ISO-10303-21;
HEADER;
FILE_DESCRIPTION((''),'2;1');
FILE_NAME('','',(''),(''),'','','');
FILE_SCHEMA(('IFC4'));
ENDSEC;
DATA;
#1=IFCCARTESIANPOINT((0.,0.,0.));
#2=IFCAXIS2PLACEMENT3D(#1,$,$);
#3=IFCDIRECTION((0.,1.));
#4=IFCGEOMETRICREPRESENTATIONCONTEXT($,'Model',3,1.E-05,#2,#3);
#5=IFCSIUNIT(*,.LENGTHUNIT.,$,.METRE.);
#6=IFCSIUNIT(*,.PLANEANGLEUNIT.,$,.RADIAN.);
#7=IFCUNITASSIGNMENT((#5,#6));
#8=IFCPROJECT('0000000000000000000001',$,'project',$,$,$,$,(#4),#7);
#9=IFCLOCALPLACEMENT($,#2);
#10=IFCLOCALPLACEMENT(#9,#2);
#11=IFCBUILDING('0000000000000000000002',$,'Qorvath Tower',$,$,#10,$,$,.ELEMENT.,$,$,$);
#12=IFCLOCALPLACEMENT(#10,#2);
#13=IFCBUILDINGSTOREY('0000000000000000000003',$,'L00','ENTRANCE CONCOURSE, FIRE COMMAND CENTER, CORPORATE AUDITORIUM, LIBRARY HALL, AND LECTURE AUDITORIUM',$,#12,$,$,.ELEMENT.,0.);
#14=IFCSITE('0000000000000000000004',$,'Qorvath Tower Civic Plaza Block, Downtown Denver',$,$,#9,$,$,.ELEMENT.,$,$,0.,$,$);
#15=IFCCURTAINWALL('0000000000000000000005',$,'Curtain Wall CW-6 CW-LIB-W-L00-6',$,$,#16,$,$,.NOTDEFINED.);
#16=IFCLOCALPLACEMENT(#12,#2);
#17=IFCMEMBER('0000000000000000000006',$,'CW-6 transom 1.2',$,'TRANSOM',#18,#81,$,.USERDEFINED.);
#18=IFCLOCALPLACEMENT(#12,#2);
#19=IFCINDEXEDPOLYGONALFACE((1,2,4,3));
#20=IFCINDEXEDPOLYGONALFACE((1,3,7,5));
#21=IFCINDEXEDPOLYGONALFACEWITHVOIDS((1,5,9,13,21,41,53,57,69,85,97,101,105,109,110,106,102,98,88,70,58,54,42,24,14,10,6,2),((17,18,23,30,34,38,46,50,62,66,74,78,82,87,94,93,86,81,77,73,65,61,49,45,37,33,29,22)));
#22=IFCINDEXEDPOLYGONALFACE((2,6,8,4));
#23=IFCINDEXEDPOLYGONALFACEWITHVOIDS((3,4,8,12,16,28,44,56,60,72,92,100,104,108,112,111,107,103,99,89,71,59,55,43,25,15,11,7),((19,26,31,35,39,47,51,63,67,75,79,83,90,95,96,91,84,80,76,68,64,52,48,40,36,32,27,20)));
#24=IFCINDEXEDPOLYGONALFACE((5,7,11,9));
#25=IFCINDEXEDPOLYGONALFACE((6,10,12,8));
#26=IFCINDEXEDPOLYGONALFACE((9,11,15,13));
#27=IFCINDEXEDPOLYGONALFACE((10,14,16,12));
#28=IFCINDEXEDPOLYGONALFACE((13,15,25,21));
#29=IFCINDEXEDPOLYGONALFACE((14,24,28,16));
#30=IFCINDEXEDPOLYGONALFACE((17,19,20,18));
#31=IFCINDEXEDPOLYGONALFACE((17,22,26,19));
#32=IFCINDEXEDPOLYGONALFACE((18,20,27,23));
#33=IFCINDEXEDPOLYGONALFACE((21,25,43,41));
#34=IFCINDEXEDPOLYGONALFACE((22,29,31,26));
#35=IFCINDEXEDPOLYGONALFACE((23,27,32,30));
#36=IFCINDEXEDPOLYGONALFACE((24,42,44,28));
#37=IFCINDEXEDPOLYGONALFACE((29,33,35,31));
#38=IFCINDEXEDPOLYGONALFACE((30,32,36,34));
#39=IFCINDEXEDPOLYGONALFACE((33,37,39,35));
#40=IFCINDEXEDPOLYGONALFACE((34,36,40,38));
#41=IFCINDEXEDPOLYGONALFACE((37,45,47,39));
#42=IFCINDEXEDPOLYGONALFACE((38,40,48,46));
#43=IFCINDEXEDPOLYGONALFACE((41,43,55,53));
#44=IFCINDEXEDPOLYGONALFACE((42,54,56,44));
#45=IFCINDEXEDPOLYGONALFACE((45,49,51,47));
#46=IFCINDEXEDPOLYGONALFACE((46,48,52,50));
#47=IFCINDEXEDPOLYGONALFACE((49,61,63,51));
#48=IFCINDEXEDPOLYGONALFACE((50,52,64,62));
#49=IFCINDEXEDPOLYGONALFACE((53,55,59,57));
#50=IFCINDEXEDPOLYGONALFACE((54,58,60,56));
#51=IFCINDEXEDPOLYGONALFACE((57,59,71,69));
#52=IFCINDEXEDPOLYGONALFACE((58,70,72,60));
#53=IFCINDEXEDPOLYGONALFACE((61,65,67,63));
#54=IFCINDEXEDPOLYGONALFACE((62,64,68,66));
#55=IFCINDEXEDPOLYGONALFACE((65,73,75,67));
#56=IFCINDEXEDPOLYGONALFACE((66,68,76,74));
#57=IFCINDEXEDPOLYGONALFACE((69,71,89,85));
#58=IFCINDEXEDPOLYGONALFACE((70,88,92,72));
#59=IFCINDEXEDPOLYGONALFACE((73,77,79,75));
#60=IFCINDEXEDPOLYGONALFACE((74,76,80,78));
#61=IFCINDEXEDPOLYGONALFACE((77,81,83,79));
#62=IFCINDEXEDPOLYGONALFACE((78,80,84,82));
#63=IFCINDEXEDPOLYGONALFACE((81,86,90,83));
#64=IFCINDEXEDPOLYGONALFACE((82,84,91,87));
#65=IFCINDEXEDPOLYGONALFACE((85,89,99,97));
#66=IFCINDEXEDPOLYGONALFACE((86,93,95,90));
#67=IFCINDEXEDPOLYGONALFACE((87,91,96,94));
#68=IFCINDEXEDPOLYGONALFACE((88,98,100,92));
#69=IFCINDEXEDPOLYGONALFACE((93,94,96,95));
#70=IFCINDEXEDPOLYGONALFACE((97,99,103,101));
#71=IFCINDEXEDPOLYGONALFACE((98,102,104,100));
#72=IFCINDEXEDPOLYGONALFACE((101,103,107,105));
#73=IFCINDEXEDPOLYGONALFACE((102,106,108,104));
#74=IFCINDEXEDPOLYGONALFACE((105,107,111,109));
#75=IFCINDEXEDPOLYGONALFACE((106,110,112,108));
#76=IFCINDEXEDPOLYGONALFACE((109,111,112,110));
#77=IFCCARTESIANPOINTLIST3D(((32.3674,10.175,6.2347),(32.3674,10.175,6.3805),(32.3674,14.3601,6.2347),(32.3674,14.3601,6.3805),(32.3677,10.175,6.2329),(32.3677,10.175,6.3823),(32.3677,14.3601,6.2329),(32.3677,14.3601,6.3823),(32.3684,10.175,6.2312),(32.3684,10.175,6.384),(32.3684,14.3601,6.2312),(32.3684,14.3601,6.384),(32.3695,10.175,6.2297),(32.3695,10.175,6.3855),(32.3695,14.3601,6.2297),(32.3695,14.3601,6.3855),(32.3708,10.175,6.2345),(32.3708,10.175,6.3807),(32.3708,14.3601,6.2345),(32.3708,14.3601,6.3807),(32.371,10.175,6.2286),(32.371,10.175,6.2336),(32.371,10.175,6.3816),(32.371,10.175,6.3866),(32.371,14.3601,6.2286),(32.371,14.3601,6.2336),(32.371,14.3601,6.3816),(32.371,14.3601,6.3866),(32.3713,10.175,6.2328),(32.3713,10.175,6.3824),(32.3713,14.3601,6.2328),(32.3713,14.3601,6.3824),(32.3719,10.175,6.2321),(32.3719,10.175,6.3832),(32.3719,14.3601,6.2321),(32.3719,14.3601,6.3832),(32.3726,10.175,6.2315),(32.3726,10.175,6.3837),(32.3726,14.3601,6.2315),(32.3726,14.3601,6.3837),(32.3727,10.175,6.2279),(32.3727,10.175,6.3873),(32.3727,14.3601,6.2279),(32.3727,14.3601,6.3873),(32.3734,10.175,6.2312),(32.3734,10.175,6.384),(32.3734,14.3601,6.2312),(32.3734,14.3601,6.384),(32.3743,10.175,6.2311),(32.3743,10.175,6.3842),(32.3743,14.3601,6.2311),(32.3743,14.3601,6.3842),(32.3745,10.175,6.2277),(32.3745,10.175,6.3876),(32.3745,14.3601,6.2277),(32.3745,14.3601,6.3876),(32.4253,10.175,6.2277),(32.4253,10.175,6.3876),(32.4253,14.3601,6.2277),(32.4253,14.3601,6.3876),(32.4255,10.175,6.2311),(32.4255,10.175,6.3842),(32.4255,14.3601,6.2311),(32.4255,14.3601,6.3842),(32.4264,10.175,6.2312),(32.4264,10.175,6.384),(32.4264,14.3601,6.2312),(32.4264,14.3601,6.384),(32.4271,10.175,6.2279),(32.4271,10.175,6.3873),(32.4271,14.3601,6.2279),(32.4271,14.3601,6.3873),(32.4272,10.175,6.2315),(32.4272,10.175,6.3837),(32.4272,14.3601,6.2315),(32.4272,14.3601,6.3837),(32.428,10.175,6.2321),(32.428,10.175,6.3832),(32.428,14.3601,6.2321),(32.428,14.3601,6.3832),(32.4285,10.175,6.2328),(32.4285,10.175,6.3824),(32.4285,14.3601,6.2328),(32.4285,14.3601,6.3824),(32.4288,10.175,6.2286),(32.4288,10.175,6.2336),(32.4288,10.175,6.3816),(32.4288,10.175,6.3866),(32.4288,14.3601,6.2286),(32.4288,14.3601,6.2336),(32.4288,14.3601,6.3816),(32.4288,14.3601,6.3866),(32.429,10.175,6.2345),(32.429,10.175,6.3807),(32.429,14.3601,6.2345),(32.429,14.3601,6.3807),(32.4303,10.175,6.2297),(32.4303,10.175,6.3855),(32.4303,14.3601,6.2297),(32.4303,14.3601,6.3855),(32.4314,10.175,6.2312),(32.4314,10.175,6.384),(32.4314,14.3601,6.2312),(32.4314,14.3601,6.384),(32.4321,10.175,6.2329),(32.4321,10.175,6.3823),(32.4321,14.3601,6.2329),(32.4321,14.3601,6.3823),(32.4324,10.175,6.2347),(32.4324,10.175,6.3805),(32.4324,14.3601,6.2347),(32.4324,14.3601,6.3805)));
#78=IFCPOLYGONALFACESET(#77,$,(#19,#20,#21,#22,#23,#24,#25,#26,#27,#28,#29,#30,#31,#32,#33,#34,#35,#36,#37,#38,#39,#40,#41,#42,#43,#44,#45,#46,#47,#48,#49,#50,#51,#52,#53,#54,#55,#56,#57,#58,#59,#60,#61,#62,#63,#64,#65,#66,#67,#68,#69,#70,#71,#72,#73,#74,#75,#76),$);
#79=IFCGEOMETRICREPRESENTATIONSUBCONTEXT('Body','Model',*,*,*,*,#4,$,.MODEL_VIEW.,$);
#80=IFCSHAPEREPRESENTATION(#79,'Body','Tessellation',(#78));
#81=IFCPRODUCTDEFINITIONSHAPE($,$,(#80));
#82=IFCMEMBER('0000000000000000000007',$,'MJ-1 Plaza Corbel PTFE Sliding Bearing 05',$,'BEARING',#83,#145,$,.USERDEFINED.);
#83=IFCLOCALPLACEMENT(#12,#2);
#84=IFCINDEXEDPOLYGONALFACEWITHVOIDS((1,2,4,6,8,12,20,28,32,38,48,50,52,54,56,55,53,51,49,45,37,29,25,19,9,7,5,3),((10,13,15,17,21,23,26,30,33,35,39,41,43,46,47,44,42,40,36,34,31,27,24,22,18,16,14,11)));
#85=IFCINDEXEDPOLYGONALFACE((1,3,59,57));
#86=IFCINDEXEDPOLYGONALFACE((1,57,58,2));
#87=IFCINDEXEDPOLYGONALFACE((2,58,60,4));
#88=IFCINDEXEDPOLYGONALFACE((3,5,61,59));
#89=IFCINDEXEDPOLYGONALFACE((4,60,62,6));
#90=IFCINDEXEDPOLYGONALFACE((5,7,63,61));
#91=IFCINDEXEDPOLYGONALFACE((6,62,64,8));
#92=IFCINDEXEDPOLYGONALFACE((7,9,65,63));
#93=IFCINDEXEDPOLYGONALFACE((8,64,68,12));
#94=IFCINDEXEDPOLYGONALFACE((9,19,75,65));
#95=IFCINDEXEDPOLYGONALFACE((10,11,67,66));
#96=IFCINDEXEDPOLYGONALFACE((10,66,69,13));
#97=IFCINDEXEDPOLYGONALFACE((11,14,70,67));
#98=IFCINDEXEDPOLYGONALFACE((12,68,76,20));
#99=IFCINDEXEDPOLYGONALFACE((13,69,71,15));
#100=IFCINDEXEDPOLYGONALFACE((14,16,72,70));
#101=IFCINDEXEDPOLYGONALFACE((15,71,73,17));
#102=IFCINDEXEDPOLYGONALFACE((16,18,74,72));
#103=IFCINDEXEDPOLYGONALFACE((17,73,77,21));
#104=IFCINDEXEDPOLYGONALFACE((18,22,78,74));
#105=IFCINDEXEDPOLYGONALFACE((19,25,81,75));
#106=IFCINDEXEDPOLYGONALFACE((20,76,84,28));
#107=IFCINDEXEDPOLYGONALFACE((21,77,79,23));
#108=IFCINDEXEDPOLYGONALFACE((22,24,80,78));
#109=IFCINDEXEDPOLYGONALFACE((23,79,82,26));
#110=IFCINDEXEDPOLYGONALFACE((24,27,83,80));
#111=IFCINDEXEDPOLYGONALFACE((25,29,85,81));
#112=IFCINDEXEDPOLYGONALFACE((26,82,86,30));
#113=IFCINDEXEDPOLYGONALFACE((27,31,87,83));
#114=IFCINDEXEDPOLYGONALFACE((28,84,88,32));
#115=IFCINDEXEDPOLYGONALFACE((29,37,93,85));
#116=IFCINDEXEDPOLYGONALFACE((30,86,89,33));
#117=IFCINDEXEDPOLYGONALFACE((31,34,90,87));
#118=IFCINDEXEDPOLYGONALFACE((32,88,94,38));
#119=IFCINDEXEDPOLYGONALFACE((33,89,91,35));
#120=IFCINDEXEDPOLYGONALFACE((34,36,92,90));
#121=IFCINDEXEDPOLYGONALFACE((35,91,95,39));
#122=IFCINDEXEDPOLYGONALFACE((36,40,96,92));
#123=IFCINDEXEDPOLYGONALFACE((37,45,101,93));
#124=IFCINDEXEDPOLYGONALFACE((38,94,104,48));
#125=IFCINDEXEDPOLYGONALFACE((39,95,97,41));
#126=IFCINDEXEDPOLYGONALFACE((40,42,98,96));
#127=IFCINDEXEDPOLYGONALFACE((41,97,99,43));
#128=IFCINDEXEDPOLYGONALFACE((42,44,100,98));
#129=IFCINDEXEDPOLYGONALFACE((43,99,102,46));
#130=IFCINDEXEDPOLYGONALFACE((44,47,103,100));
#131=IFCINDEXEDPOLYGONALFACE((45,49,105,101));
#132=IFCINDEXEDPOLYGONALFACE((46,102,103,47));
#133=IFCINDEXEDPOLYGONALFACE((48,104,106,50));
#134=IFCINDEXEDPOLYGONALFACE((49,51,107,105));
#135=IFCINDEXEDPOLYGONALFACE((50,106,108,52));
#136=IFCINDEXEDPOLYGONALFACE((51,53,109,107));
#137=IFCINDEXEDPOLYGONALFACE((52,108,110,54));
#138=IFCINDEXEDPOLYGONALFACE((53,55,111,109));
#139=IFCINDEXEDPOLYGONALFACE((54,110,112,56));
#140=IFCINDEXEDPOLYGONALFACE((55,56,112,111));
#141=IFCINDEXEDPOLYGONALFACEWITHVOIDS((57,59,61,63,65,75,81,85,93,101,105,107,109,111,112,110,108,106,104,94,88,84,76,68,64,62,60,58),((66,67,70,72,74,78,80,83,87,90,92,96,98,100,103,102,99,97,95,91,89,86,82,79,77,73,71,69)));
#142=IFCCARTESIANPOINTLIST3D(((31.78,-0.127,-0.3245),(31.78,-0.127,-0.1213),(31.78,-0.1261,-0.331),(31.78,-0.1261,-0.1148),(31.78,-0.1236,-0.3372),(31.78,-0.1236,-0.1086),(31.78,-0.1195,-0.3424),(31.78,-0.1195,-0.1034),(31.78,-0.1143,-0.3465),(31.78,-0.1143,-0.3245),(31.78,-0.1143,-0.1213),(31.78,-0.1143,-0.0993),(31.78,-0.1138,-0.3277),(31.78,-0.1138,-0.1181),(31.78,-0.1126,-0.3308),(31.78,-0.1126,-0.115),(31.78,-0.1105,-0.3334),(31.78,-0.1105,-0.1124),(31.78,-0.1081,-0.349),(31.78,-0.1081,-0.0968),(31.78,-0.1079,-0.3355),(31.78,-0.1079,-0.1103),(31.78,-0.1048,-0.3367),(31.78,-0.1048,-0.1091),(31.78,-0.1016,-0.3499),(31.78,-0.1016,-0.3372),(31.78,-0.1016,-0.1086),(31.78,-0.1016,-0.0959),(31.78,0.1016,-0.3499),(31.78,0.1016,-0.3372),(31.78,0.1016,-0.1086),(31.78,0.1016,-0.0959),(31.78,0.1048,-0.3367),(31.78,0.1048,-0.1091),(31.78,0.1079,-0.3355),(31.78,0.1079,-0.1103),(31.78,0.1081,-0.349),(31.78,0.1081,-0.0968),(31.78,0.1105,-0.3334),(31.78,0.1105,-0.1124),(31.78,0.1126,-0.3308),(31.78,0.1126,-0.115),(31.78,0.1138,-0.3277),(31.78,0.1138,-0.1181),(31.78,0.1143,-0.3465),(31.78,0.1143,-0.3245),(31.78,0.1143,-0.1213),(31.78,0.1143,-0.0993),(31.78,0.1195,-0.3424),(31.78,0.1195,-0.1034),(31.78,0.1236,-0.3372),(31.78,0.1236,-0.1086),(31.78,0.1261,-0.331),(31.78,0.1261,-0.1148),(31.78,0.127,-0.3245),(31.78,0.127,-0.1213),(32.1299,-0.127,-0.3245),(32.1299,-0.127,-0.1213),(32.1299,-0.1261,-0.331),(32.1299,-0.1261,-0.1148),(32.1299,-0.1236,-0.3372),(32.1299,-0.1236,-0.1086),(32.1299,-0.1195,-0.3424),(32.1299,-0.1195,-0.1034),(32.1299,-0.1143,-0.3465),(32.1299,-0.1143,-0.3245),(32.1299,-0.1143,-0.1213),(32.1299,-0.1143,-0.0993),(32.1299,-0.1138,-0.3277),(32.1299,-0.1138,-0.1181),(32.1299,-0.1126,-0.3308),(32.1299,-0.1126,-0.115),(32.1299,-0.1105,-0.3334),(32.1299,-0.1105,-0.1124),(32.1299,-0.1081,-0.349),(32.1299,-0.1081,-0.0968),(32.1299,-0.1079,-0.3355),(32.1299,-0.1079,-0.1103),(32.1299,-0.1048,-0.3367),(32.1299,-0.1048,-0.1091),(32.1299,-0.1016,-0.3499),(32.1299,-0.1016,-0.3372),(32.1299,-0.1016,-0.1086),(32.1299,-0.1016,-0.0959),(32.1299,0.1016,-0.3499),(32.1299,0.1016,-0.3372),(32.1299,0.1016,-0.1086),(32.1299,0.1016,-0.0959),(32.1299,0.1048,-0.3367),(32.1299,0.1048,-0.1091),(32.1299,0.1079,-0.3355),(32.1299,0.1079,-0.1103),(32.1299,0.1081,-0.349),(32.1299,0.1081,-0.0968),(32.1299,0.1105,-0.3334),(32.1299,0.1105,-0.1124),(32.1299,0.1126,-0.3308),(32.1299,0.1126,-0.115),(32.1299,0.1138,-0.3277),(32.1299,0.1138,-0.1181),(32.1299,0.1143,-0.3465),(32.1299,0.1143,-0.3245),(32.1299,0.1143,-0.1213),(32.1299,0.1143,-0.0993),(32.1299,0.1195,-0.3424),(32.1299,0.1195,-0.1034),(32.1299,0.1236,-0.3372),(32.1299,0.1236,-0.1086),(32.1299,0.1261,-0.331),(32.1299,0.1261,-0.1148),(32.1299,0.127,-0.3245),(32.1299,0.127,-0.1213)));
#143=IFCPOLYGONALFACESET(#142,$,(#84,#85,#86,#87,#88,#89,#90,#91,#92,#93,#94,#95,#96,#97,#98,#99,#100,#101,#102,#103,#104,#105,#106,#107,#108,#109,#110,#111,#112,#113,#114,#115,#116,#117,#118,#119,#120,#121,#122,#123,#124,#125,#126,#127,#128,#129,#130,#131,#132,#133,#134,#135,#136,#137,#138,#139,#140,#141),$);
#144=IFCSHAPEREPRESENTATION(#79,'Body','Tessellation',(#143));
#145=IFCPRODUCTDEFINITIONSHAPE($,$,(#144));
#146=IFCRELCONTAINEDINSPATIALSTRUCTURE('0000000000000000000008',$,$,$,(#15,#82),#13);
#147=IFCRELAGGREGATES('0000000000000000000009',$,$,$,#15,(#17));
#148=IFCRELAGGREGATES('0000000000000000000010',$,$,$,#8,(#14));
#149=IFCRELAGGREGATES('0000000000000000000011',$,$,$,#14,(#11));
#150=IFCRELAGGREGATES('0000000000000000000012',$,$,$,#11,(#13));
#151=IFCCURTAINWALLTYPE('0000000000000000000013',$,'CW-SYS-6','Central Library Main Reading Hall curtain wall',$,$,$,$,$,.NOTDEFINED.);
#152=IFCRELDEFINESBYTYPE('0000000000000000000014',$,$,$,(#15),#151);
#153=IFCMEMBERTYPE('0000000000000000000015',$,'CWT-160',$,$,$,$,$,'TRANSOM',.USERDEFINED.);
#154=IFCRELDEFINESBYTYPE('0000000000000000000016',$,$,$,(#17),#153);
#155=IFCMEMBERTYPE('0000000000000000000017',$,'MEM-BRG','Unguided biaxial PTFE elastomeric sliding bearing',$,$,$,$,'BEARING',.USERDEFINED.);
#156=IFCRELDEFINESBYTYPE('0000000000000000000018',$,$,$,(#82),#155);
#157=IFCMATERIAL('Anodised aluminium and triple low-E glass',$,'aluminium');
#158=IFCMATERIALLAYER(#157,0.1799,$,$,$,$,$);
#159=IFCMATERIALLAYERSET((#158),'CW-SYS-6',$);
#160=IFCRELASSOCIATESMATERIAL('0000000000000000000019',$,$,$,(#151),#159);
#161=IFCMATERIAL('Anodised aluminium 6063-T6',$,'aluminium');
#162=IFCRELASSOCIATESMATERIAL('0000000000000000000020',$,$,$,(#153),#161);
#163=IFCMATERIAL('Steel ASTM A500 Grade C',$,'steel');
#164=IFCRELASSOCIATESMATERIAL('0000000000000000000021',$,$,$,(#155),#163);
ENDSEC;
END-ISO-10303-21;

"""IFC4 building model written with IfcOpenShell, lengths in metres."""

from ifc_helpers import new_model, si_unit, direction, frame, origin, origin_2d, place, context, subcontext, project, spatial, hollow_rectangle, extrude, material, layer, layer_set, material_profile, profile_set, type_object, element, aggregate, save


model = new_model("IFC4")

# Units and contexts
model_context = context("Model", 3, precision=1e-05, world=origin(), true_north=direction((0.0, 1.0)))
body_context = subcontext(model_context, "Body", "Model", "MODEL_VIEW")
ifc_project = project(units=[si_unit("LENGTHUNIT", "METRE"), si_unit("PLANEANGLEUNIT", "RADIAN")], contexts=[model_context])

# Site, building, storey
site_placement = place(None, origin())
site = spatial("IfcSite", under=ifc_project, at=site_placement, Name="Qorvath Tower Civic Plaza Block, Downtown Denver", CompositionType="ELEMENT", RefElevation=0.0)
building_placement = place(site_placement, origin())
building = spatial("IfcBuilding", under=site, at=building_placement, Name="Qorvath Tower", CompositionType="ELEMENT")
storey_placement = place(building_placement, origin())
storey = spatial("IfcBuildingStorey", under=building, at=storey_placement, Name="L00", Description="ENTRANCE CONCOURSE, FIRE COMMAND CENTER, CORPORATE AUDITORIUM, LIBRARY HALL, AND LECTURE AUDITORIUM", CompositionType="ELEMENT", Elevation=0.0)

# Curtain wall, member
ifc_material_1 = material(Name="Anodised aluminium and triple low-E glass", Category="aluminium")
ifc_layer_1 = layer(ifc_material_1, 0.1799)
ifc_layer_set_1 = layer_set([ifc_layer_1], Name="CW-SYS-6")
curtain_wall_type = type_object("IfcCurtainWallType", Name="CW-SYS-6", Description="Central Library Main Reading Hall curtain wall", PredefinedType="NOTDEFINED", material=ifc_layer_set_1)
curtain_wall_placement = place(storey_placement, origin())
curtain_wall = element("IfcCurtainWall", 1, at=curtain_wall_placement, inside=storey, type_object=curtain_wall_type, Name="Curtain Wall CW-6 CW-LIB-W-L00-6", PredefinedType="NOTDEFINED")
ifc_material_2 = material(Name="Anodised aluminium 6063-T6", Category="aluminium")
ifc_material_profile_1 = material_profile(ifc_material_2, hollow_rectangle(XDim=0.0649, YDim=0.1599, WallThickness=0.0034, InnerFilletRadius=0.0034, OuterFilletRadius=0.0071, at=origin_2d()), Name="CWT 160x65")
ifc_profile_set_1 = profile_set([ifc_material_profile_1], Name="Anodised aluminium 6063-T6")
member_type_1 = type_object("IfcMemberType", Name="CWT-160", ElementType="TRANSOM", PredefinedType="USERDEFINED", material=ifc_profile_set_1)
member_1_placement = place(storey_placement, frame((32.3999, 10.175, 6.3076), z_axis=(0.0, 1.0, 0.0), x_axis=(-1.0, 0.0, 0.0)))
member_1 = element("IfcMember", 2, at=member_1_placement, type_object=member_type_1, Name="CW-6 transom 1.2", ObjectType="TRANSOM", PredefinedType="USERDEFINED", context=body_context, shape_type="SweptSolid", body=[
    extrude(hollow_rectangle(XDim=0.0649, YDim=0.1599, WallThickness=0.0034, InnerFilletRadius=0.0034, OuterFilletRadius=0.0071, at=origin_2d()), origin(), (0.0, 0.0, 1.0), 4.1851),
])

# Member
ifc_material_3 = material(Name="Steel ASTM A500 Grade C", Category="steel")
ifc_material_profile_2 = material_profile(ifc_material_3, hollow_rectangle(XDim=0.2539, YDim=0.2539, WallThickness=0.0127, InnerFilletRadius=0.0127, OuterFilletRadius=0.0254, at=origin_2d()), Name="HSS 254x254x12.7")
ifc_profile_set_2 = profile_set([ifc_material_profile_2], Name="Steel ASTM A500 Grade C")
member_type_2 = type_object("IfcMemberType", Name="MEM-BRG", Description="Unguided biaxial PTFE elastomeric sliding bearing", ElementType="BEARING", PredefinedType="USERDEFINED", material=ifc_profile_set_2)
for number, where, z_axis, x_axis, name in (
    (3, (31.78, 0.0, -0.2229), (1.0, 0.0, 0.0), (0.0, 1.0, 0.0), "MJ-1 Plaza Corbel PTFE Sliding Bearing 05"),
):
    element("IfcMember", number, at=place(storey_placement, frame(where, z_axis=z_axis, x_axis=x_axis)), inside=storey, type_object=member_type_2, Name=name, ObjectType="BEARING", PredefinedType="USERDEFINED", context=body_context, shape_type="SweptSolid", body=[
        extrude(hollow_rectangle(XDim=0.2539, YDim=0.2539, WallThickness=0.0127, InnerFilletRadius=0.0127, OuterFilletRadius=0.0254, at=origin_2d()), origin(), (0.0, 0.0, 1.0), 0.3499),
    ])

aggregate(curtain_wall, [member_1])

save(model, "model.ifc")
